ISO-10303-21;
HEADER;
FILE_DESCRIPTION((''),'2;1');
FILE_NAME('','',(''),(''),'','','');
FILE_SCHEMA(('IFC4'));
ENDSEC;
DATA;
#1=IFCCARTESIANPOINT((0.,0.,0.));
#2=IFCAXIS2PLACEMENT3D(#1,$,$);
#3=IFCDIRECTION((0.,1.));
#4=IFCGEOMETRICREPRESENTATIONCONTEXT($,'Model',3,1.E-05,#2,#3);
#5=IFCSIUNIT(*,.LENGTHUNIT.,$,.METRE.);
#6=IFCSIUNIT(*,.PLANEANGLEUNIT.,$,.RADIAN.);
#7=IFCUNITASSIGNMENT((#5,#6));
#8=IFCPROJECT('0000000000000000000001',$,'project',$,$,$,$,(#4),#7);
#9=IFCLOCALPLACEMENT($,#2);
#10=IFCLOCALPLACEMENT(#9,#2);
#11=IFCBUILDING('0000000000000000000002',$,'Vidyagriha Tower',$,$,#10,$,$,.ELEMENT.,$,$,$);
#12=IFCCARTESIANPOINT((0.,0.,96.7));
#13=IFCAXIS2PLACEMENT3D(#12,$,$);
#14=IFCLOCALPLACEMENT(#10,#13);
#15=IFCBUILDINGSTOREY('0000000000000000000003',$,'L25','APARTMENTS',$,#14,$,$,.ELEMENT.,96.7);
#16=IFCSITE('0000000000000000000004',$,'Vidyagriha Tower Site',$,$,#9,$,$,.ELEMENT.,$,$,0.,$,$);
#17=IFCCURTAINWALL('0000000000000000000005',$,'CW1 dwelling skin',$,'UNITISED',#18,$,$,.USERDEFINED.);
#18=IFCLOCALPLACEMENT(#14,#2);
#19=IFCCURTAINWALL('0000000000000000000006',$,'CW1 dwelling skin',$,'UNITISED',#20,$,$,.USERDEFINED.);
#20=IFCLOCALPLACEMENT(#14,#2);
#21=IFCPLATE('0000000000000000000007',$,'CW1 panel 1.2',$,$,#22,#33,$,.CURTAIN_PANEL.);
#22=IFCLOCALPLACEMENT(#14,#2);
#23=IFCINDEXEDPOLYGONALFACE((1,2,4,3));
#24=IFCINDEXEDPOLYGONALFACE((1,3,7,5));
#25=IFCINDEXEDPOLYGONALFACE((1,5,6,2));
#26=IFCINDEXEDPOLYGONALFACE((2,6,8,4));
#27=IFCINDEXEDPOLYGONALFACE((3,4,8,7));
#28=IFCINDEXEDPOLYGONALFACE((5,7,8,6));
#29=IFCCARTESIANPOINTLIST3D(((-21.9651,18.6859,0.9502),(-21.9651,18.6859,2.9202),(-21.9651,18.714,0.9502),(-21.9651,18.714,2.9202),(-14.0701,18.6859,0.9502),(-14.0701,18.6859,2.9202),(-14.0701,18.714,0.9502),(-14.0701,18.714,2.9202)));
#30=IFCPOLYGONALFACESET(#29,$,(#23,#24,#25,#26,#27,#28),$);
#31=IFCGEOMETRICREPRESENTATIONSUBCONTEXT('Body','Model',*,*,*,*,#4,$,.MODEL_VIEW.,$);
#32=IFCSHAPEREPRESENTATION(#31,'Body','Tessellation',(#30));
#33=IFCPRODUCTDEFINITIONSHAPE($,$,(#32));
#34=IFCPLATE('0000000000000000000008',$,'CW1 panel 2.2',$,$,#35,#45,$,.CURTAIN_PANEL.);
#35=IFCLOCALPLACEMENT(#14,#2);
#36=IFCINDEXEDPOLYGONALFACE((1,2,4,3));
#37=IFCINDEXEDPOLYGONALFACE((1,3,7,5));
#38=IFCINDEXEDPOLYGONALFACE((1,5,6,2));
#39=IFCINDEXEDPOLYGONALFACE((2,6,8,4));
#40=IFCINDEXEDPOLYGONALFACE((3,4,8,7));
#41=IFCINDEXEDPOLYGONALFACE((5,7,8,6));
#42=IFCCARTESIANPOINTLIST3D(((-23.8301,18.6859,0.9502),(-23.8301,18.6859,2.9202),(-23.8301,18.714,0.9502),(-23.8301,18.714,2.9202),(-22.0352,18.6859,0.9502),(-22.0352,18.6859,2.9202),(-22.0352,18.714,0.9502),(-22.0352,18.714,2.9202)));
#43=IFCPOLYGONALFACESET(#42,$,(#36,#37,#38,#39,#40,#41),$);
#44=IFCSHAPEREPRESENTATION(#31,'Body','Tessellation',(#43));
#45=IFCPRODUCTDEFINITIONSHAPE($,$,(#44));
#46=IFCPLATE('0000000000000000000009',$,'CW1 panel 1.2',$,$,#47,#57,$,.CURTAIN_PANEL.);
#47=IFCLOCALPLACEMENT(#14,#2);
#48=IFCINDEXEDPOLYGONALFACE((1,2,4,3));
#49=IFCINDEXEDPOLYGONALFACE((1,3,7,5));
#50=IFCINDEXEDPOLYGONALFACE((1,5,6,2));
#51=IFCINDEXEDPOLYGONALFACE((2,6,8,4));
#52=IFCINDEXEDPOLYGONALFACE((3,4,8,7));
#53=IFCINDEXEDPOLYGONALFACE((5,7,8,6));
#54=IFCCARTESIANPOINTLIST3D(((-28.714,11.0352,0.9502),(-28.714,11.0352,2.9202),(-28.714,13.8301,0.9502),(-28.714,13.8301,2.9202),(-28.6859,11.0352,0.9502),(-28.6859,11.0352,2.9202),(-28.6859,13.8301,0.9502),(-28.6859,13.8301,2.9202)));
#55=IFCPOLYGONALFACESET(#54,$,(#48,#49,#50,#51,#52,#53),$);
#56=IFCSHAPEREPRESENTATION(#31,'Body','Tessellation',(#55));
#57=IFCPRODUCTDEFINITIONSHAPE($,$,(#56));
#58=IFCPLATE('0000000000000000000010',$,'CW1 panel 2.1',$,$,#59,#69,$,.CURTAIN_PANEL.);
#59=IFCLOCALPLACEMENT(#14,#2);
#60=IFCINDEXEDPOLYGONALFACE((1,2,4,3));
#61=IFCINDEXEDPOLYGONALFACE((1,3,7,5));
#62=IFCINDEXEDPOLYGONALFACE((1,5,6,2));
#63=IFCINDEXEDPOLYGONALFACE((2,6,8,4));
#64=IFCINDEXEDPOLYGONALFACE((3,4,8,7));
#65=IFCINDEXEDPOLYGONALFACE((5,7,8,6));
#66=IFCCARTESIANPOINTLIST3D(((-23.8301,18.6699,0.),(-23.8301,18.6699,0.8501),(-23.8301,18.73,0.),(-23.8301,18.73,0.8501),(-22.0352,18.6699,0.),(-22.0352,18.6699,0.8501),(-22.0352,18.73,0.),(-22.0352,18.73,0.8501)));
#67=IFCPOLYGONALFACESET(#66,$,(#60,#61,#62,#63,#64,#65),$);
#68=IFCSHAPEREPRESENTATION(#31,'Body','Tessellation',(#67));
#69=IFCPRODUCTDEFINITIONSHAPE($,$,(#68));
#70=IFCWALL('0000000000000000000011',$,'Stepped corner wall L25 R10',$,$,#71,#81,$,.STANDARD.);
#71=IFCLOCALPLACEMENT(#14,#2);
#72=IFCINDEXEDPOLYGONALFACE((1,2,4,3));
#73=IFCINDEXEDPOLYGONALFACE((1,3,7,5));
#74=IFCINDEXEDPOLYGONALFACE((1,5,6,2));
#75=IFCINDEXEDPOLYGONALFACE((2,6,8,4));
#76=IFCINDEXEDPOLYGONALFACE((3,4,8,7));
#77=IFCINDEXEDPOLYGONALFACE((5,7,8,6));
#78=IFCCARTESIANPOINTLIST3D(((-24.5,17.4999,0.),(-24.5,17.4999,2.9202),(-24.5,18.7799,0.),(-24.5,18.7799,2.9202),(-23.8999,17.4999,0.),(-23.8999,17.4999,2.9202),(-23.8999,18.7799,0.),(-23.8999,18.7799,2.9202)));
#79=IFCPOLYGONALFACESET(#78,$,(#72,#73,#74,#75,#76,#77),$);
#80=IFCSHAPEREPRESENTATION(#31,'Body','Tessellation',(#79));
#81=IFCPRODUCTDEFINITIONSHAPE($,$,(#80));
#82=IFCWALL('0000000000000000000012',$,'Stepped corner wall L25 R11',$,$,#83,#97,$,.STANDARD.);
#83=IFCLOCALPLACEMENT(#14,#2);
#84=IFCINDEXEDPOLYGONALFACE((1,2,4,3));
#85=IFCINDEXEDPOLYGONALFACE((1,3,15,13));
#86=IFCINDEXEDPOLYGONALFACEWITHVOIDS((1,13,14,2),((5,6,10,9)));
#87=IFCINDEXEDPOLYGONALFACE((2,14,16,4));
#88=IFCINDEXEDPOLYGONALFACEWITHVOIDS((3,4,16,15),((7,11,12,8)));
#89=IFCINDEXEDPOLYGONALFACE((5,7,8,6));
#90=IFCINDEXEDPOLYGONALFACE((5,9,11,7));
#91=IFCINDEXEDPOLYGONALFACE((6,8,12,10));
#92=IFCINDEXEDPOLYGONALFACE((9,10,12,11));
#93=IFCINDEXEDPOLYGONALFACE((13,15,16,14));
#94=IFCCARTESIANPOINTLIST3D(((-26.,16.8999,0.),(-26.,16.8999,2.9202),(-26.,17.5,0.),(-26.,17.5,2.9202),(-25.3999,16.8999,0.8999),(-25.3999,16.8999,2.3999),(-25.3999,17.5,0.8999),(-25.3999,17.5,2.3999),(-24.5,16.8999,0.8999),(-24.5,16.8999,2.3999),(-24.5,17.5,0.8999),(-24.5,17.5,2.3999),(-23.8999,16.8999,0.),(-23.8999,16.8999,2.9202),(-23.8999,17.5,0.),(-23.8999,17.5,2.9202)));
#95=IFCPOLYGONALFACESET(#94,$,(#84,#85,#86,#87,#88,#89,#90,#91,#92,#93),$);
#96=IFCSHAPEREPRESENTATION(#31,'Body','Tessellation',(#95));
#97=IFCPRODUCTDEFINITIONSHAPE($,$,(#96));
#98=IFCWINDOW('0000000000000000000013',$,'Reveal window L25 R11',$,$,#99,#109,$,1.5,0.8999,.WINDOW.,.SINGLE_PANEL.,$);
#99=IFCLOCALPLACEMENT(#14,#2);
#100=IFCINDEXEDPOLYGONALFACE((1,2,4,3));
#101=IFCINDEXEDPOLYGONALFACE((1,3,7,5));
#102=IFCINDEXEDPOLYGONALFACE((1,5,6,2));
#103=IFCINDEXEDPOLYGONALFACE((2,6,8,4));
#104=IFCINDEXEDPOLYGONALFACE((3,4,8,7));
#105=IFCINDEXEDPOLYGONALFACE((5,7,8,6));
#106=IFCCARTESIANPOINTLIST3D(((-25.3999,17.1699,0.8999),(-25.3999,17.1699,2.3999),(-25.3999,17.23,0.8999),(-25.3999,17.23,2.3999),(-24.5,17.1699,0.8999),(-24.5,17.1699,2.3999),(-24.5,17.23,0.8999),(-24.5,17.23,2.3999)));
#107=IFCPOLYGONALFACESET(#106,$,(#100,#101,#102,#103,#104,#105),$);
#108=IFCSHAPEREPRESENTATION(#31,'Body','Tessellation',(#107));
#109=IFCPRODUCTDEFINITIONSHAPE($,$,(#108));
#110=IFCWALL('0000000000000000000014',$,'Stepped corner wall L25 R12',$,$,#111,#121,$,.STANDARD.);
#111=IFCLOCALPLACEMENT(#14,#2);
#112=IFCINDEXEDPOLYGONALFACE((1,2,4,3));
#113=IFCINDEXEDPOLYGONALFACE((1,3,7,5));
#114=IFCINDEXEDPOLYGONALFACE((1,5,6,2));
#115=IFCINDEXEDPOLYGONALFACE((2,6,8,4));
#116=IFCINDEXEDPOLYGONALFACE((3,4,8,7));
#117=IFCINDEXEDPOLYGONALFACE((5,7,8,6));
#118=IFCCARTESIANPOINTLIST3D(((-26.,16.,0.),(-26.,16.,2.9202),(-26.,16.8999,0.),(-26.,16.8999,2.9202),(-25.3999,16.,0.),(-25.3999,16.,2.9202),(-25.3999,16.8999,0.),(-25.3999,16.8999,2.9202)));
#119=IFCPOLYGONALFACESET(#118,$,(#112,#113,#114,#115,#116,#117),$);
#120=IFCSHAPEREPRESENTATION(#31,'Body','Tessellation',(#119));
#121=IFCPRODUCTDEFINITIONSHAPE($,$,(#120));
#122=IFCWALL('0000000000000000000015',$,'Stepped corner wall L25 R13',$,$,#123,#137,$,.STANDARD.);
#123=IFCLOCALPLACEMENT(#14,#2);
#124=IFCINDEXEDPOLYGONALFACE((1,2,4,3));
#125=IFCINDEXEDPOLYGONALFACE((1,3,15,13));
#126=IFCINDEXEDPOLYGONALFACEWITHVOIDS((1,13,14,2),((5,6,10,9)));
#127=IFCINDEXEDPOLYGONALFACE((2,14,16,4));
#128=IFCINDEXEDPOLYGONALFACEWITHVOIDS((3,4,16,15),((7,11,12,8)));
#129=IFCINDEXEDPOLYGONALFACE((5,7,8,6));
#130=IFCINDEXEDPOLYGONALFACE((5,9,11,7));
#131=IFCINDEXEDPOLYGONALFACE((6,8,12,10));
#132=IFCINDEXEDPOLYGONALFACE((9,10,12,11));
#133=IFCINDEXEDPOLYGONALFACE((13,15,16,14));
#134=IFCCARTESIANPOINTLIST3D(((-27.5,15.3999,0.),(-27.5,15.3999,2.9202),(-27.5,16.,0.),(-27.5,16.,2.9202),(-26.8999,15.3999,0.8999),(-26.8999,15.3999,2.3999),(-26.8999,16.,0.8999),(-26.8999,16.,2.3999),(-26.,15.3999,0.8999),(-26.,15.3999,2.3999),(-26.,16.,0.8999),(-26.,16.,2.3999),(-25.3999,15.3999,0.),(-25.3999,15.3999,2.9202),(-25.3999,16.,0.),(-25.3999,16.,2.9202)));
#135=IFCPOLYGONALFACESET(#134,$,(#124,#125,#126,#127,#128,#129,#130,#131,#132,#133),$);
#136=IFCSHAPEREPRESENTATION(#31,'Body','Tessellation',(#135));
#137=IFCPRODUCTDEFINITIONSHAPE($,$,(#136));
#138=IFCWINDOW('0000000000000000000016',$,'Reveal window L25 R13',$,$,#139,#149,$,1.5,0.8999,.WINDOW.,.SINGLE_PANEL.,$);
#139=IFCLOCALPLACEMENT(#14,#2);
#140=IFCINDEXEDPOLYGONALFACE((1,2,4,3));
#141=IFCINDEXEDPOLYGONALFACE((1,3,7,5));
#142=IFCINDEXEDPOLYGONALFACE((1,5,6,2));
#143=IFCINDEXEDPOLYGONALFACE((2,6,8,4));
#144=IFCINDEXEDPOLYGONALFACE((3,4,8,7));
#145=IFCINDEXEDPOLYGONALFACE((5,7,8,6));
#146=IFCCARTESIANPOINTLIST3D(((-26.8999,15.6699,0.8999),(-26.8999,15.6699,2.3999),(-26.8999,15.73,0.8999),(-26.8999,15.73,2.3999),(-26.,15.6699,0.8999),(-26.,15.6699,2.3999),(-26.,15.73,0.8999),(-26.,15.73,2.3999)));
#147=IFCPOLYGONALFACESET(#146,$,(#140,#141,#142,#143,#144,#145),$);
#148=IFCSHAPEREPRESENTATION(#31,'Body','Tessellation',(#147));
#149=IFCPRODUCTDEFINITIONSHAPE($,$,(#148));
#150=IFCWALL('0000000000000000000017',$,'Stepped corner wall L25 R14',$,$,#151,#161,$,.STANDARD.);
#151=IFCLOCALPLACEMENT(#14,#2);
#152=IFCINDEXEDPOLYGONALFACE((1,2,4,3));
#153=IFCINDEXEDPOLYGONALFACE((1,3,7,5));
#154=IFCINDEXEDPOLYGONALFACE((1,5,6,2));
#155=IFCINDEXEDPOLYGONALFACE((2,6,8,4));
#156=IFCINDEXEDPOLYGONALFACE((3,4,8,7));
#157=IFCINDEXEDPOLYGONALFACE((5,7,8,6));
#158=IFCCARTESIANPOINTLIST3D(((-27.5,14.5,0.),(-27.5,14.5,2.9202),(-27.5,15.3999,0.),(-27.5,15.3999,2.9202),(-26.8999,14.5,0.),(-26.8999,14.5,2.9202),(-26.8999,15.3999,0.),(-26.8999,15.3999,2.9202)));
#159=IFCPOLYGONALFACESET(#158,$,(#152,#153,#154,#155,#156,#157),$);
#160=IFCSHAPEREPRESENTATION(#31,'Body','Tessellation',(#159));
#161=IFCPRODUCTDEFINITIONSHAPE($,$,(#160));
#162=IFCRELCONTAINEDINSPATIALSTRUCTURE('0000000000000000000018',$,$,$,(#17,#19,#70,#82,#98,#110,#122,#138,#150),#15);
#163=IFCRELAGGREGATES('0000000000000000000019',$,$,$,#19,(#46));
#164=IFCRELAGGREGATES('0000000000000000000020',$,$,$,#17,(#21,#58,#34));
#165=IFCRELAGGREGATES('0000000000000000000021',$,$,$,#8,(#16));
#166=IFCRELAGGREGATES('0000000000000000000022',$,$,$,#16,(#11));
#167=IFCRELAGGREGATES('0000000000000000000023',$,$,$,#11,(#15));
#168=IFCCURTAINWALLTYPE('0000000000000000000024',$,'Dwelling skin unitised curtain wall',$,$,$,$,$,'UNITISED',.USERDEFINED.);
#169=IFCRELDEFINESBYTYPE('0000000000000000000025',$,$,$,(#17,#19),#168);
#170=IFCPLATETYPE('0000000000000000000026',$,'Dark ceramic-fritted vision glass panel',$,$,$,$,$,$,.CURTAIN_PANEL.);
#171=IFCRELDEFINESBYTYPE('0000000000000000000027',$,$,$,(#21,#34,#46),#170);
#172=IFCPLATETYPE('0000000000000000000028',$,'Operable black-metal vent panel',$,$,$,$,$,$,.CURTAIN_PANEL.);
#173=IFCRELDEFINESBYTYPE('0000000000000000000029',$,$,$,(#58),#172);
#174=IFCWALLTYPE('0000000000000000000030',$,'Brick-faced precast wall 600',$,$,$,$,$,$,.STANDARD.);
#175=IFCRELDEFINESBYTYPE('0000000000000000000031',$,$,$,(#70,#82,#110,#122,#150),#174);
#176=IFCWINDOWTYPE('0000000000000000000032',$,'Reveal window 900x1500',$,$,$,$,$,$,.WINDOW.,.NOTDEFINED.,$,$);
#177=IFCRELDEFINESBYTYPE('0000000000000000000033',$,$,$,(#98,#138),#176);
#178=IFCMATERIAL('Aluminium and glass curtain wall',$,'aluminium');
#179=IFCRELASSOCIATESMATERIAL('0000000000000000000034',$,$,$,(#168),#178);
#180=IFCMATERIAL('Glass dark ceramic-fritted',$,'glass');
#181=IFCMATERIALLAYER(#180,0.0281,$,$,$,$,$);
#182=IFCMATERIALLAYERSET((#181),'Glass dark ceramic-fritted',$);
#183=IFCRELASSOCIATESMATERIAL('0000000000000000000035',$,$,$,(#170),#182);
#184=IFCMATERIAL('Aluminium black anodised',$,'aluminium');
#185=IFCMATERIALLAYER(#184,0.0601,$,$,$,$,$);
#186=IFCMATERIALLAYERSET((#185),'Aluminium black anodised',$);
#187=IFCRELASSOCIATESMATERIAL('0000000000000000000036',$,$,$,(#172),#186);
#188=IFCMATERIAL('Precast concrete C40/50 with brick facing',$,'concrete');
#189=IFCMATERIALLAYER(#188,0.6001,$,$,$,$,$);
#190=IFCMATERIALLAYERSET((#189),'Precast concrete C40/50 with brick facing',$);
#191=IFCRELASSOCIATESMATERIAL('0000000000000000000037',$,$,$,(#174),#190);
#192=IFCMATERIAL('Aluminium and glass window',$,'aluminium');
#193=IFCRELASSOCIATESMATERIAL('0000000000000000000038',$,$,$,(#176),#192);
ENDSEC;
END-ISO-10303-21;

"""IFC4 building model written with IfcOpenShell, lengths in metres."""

from ifc_helpers import new_model, si_unit, direction, frame, frame_2d, origin, origin_2d, place, context, subcontext, project, spatial, rectangle, extrude, material, layer, layer_set, type_object, element, fill, aggregate, save


model = new_model("IFC4")

# Units and contexts
model_context = context("Model", 3, precision=1e-05, world=origin(), true_north=direction((0.0, 1.0)))
body_context = subcontext(model_context, "Body", "Model", "MODEL_VIEW")
ifc_project = project(units=[si_unit("LENGTHUNIT", "METRE"), si_unit("PLANEANGLEUNIT", "RADIAN")], contexts=[model_context])

# Site, building, storey
site_placement = place(None, origin())
site = spatial("IfcSite", under=ifc_project, at=site_placement, Name="Vidyagriha Tower Site", CompositionType="ELEMENT", RefElevation=0.0)
building_placement = place(site_placement, origin())
building = spatial("IfcBuilding", under=site, at=building_placement, Name="Vidyagriha Tower", CompositionType="ELEMENT")
storey_placement = place(building_placement, frame((0.0, 0.0, 96.7)))
storey = spatial("IfcBuildingStorey", under=building, at=storey_placement, Name="L25", Description="APARTMENTS", CompositionType="ELEMENT", Elevation=96.7)

# Curtain wall
ifc_material_1 = material(Name="Aluminium and glass curtain wall", Category="aluminium")
curtain_wall_type = type_object("IfcCurtainWallType", Name="Dwelling skin unitised curtain wall", ElementType="UNITISED", PredefinedType="USERDEFINED", material=ifc_material_1)
curtain_wall_1_placement = place(storey_placement, origin())
curtain_wall_1 = element("IfcCurtainWall", 1, at=curtain_wall_1_placement, inside=storey, type_object=curtain_wall_type, Name="CW1 dwelling skin", ObjectType="UNITISED", PredefinedType="USERDEFINED")

# Curtain wall
curtain_wall_2_placement = place(storey_placement, origin())
curtain_wall_2 = element("IfcCurtainWall", 2, at=curtain_wall_2_placement, inside=storey, type_object=curtain_wall_type, Name="CW1 dwelling skin", ObjectType="UNITISED", PredefinedType="USERDEFINED")

# Plates
ifc_material_2 = material(Name="Glass dark ceramic-fritted", Category="glass")
ifc_layer_1 = layer(ifc_material_2, 0.0281)
ifc_layer_set_1 = layer_set([ifc_layer_1], Name="Glass dark ceramic-fritted")
plate_type_1 = type_object("IfcPlateType", Name="Dark ceramic-fritted vision glass panel", PredefinedType="CURTAIN_PANEL", material=ifc_layer_set_1)
plate_1_placement = place(storey_placement, frame((-18.0176, 18.7, 0.9502), z_axis=(0.0, 0.0, 1.0), x_axis=(-1.0, 0.0, 0.0)))
plate_1 = element("IfcPlate", 3, at=plate_1_placement, type_object=plate_type_1, Name="CW1 panel 1.2", PredefinedType="CURTAIN_PANEL", context=body_context, shape_type="SweptSolid", body=[
    extrude(rectangle(XDim=7.895, YDim=0.0281, at=origin_2d()), origin(), (0.0, 0.0, 1.0), 1.97),
])
plate_2_placement = place(storey_placement, frame((-22.9326, 18.7, 0.9502), z_axis=(0.0, 0.0, 1.0), x_axis=(-1.0, 0.0, 0.0)))
plate_2 = element("IfcPlate", 4, at=plate_2_placement, type_object=plate_type_1, Name="CW1 panel 2.2", PredefinedType="CURTAIN_PANEL", context=body_context, shape_type="SweptSolid", body=[
    extrude(rectangle(XDim=1.7949, YDim=0.0281, at=origin_2d()), origin(), (0.0, 0.0, 1.0), 1.97),
])
plate_3_placement = place(storey_placement, frame((-28.7, 12.4326, 0.9502), z_axis=(0.0, 0.0, 1.0), x_axis=(0.0, -1.0, 0.0)))
plate_3 = element("IfcPlate", 5, at=plate_3_placement, type_object=plate_type_1, Name="CW1 panel 1.2", PredefinedType="CURTAIN_PANEL", context=body_context, shape_type="SweptSolid", body=[
    extrude(rectangle(XDim=2.7949, YDim=0.0281, at=origin_2d()), origin(), (0.0, 0.0, 1.0), 1.97),
])
aggregate(curtain_wall_2, [plate_3])
ifc_material_3 = material(Name="Aluminium black anodised", Category="aluminium")
ifc_layer_2 = layer(ifc_material_3, 0.0601)
ifc_layer_set_2 = layer_set([ifc_layer_2], Name="Aluminium black anodised")
plate_type_2 = type_object("IfcPlateType", Name="Operable black-metal vent panel", PredefinedType="CURTAIN_PANEL", material=ifc_layer_set_2)
plate_4_placement = place(storey_placement, frame((-22.9326, 18.7, 0.0), z_axis=(0.0, 0.0, 1.0), x_axis=(-1.0, 0.0, 0.0)))
plate_4 = element("IfcPlate", 6, at=plate_4_placement, type_object=plate_type_2, Name="CW1 panel 2.1", PredefinedType="CURTAIN_PANEL", context=body_context, shape_type="SweptSolid", body=[
    extrude(rectangle(XDim=1.7949, YDim=0.0601, at=origin_2d()), origin(), (0.0, 0.0, 1.0), 0.8501),
])
aggregate(curtain_wall_1, [plate_1, plate_4, plate_2])

# Wall
ifc_material_4 = material(Name="Precast concrete C40/50 with brick facing", Category="concrete")
ifc_layer_3 = layer(ifc_material_4, 0.6001)
ifc_layer_set_3 = layer_set([ifc_layer_3], Name="Precast concrete C40/50 with brick facing")
wall_type_1 = type_object("IfcWallType", Name="Brick-faced precast wall 600", PredefinedType="STANDARD", material=ifc_layer_set_3)
wall_1_placement = place(storey_placement, frame((-24.2, 18.78, 0.0), z_axis=(0.0, 0.0, 1.0), x_axis=(0.0, -1.0, 0.0)))
element("IfcWall", 7, at=wall_1_placement, inside=storey, type_object=wall_type_1, Name="Stepped corner wall L25 R10", PredefinedType="STANDARD", context=body_context, shape_type="SweptSolid", body=[
    extrude(rectangle(XDim=1.28, YDim=0.6001, at=frame_2d((0.6401, 0.0))), origin(), (0.0, 0.0, 1.0), 2.9202),
])

# Wall, opening, window
wall_2_placement = place(storey_placement, frame((-23.8999, 17.2, 0.0), z_axis=(0.0, 0.0, 1.0), x_axis=(-1.0, 0.0, 0.0)))
wall_2 = element("IfcWall", 8, at=wall_2_placement, inside=storey, type_object=wall_type_1, Name="Stepped corner wall L25 R11", PredefinedType="STANDARD", context=body_context, shape_type="SweptSolid", body=[
    extrude(rectangle(XDim=2.1001, YDim=0.6001, at=frame_2d((1.05, 0.0))), origin(), (0.0, 0.0, 1.0), 2.9202),
])
opening_1_placement = place(wall_2_placement, frame((0.6001, 0.0, 0.8999)))
opening_1 = element("IfcOpeningElement", 9, at=opening_1_placement, cuts=wall_2, PredefinedType="OPENING", context=body_context, shape_type="SweptSolid", body=[
    extrude(rectangle(XDim=0.8999, YDim=1.5, at=frame_2d((0.45, 0.75))), frame((0.0, 0.3101, 0.0), z_axis=(0.0, -1.0, 0.0), x_axis=(1.0, 0.0, 0.0)), (0.0, 0.0, 1.0), 0.6201),
])
ifc_material_5 = material(Name="Aluminium and glass window", Category="aluminium")
window_type = type_object("IfcWindowType", Name="Reveal window 900x1500", PartitioningType="NOTDEFINED", PredefinedType="WINDOW", material=ifc_material_5)
window_1_placement = place(opening_1_placement, origin())
window_1 = element("IfcWindow", 10, at=window_1_placement, inside=storey, type_object=window_type, Name="Reveal window L25 R11", OverallHeight=1.5, OverallWidth=0.8999, PartitioningType="SINGLE_PANEL", PredefinedType="WINDOW", context=body_context, shape_type="SweptSolid", body=[
    extrude(rectangle(XDim=0.8999, YDim=1.5, at=frame_2d((0.45, 0.75))), frame((0.0, 0.03, 0.0), z_axis=(0.0, -1.0, 0.0), x_axis=(1.0, 0.0, 0.0)), (0.0, 0.0, 1.0), 0.0601),
])
fill(opening_1, window_1)

# Wall
wall_3_placement = place(storey_placement, frame((-25.7, 16.8999, 0.0), z_axis=(0.0, 0.0, 1.0), x_axis=(0.0, -1.0, 0.0)))
element("IfcWall", 11, at=wall_3_placement, inside=storey, type_object=wall_type_1, Name="Stepped corner wall L25 R12", PredefinedType="STANDARD", context=body_context, shape_type="SweptSolid", body=[
    extrude(rectangle(XDim=0.8999, YDim=0.6001, at=frame_2d((0.45, 0.0))), origin(), (0.0, 0.0, 1.0), 2.9202),
])

# Wall, opening, window
wall_4_placement = place(storey_placement, frame((-25.3999, 15.7, 0.0), z_axis=(0.0, 0.0, 1.0), x_axis=(-1.0, 0.0, 0.0)))
wall_4 = element("IfcWall", 12, at=wall_4_placement, inside=storey, type_object=wall_type_1, Name="Stepped corner wall L25 R13", PredefinedType="STANDARD", context=body_context, shape_type="SweptSolid", body=[
    extrude(rectangle(XDim=2.1001, YDim=0.6001, at=frame_2d((1.05, 0.0))), origin(), (0.0, 0.0, 1.0), 2.9202),
])
opening_2_placement = place(wall_4_placement, frame((0.6001, 0.0, 0.8999)))
opening_2 = element("IfcOpeningElement", 13, at=opening_2_placement, cuts=wall_4, PredefinedType="OPENING", context=body_context, shape_type="SweptSolid", body=[
    extrude(rectangle(XDim=0.8999, YDim=1.5, at=frame_2d((0.45, 0.75))), frame((0.0, 0.3101, 0.0), z_axis=(0.0, -1.0, 0.0), x_axis=(1.0, 0.0, 0.0)), (0.0, 0.0, 1.0), 0.6201),
])
window_2_placement = place(opening_2_placement, origin())
window_2 = element("IfcWindow", 14, at=window_2_placement, inside=storey, type_object=window_type, Name="Reveal window L25 R13", OverallHeight=1.5, OverallWidth=0.8999, PartitioningType="SINGLE_PANEL", PredefinedType="WINDOW", context=body_context, shape_type="SweptSolid", body=[
    extrude(rectangle(XDim=0.8999, YDim=1.5, at=frame_2d((0.45, 0.75))), frame((0.0, 0.03, 0.0), z_axis=(0.0, -1.0, 0.0), x_axis=(1.0, 0.0, 0.0)), (0.0, 0.0, 1.0), 0.0601),
])
fill(opening_2, window_2)

# Wall
wall_5_placement = place(storey_placement, frame((-27.2, 15.3999, 0.0), z_axis=(0.0, 0.0, 1.0), x_axis=(0.0, -1.0, 0.0)))
element("IfcWall", 15, at=wall_5_placement, inside=storey, type_object=wall_type_1, Name="Stepped corner wall L25 R14", PredefinedType="STANDARD", context=body_context, shape_type="SweptSolid", body=[
    extrude(rectangle(XDim=0.8999, YDim=0.6001, at=frame_2d((0.45, 0.0))), origin(), (0.0, 0.0, 1.0), 2.9202),
])

save(model, "model.ifc")
